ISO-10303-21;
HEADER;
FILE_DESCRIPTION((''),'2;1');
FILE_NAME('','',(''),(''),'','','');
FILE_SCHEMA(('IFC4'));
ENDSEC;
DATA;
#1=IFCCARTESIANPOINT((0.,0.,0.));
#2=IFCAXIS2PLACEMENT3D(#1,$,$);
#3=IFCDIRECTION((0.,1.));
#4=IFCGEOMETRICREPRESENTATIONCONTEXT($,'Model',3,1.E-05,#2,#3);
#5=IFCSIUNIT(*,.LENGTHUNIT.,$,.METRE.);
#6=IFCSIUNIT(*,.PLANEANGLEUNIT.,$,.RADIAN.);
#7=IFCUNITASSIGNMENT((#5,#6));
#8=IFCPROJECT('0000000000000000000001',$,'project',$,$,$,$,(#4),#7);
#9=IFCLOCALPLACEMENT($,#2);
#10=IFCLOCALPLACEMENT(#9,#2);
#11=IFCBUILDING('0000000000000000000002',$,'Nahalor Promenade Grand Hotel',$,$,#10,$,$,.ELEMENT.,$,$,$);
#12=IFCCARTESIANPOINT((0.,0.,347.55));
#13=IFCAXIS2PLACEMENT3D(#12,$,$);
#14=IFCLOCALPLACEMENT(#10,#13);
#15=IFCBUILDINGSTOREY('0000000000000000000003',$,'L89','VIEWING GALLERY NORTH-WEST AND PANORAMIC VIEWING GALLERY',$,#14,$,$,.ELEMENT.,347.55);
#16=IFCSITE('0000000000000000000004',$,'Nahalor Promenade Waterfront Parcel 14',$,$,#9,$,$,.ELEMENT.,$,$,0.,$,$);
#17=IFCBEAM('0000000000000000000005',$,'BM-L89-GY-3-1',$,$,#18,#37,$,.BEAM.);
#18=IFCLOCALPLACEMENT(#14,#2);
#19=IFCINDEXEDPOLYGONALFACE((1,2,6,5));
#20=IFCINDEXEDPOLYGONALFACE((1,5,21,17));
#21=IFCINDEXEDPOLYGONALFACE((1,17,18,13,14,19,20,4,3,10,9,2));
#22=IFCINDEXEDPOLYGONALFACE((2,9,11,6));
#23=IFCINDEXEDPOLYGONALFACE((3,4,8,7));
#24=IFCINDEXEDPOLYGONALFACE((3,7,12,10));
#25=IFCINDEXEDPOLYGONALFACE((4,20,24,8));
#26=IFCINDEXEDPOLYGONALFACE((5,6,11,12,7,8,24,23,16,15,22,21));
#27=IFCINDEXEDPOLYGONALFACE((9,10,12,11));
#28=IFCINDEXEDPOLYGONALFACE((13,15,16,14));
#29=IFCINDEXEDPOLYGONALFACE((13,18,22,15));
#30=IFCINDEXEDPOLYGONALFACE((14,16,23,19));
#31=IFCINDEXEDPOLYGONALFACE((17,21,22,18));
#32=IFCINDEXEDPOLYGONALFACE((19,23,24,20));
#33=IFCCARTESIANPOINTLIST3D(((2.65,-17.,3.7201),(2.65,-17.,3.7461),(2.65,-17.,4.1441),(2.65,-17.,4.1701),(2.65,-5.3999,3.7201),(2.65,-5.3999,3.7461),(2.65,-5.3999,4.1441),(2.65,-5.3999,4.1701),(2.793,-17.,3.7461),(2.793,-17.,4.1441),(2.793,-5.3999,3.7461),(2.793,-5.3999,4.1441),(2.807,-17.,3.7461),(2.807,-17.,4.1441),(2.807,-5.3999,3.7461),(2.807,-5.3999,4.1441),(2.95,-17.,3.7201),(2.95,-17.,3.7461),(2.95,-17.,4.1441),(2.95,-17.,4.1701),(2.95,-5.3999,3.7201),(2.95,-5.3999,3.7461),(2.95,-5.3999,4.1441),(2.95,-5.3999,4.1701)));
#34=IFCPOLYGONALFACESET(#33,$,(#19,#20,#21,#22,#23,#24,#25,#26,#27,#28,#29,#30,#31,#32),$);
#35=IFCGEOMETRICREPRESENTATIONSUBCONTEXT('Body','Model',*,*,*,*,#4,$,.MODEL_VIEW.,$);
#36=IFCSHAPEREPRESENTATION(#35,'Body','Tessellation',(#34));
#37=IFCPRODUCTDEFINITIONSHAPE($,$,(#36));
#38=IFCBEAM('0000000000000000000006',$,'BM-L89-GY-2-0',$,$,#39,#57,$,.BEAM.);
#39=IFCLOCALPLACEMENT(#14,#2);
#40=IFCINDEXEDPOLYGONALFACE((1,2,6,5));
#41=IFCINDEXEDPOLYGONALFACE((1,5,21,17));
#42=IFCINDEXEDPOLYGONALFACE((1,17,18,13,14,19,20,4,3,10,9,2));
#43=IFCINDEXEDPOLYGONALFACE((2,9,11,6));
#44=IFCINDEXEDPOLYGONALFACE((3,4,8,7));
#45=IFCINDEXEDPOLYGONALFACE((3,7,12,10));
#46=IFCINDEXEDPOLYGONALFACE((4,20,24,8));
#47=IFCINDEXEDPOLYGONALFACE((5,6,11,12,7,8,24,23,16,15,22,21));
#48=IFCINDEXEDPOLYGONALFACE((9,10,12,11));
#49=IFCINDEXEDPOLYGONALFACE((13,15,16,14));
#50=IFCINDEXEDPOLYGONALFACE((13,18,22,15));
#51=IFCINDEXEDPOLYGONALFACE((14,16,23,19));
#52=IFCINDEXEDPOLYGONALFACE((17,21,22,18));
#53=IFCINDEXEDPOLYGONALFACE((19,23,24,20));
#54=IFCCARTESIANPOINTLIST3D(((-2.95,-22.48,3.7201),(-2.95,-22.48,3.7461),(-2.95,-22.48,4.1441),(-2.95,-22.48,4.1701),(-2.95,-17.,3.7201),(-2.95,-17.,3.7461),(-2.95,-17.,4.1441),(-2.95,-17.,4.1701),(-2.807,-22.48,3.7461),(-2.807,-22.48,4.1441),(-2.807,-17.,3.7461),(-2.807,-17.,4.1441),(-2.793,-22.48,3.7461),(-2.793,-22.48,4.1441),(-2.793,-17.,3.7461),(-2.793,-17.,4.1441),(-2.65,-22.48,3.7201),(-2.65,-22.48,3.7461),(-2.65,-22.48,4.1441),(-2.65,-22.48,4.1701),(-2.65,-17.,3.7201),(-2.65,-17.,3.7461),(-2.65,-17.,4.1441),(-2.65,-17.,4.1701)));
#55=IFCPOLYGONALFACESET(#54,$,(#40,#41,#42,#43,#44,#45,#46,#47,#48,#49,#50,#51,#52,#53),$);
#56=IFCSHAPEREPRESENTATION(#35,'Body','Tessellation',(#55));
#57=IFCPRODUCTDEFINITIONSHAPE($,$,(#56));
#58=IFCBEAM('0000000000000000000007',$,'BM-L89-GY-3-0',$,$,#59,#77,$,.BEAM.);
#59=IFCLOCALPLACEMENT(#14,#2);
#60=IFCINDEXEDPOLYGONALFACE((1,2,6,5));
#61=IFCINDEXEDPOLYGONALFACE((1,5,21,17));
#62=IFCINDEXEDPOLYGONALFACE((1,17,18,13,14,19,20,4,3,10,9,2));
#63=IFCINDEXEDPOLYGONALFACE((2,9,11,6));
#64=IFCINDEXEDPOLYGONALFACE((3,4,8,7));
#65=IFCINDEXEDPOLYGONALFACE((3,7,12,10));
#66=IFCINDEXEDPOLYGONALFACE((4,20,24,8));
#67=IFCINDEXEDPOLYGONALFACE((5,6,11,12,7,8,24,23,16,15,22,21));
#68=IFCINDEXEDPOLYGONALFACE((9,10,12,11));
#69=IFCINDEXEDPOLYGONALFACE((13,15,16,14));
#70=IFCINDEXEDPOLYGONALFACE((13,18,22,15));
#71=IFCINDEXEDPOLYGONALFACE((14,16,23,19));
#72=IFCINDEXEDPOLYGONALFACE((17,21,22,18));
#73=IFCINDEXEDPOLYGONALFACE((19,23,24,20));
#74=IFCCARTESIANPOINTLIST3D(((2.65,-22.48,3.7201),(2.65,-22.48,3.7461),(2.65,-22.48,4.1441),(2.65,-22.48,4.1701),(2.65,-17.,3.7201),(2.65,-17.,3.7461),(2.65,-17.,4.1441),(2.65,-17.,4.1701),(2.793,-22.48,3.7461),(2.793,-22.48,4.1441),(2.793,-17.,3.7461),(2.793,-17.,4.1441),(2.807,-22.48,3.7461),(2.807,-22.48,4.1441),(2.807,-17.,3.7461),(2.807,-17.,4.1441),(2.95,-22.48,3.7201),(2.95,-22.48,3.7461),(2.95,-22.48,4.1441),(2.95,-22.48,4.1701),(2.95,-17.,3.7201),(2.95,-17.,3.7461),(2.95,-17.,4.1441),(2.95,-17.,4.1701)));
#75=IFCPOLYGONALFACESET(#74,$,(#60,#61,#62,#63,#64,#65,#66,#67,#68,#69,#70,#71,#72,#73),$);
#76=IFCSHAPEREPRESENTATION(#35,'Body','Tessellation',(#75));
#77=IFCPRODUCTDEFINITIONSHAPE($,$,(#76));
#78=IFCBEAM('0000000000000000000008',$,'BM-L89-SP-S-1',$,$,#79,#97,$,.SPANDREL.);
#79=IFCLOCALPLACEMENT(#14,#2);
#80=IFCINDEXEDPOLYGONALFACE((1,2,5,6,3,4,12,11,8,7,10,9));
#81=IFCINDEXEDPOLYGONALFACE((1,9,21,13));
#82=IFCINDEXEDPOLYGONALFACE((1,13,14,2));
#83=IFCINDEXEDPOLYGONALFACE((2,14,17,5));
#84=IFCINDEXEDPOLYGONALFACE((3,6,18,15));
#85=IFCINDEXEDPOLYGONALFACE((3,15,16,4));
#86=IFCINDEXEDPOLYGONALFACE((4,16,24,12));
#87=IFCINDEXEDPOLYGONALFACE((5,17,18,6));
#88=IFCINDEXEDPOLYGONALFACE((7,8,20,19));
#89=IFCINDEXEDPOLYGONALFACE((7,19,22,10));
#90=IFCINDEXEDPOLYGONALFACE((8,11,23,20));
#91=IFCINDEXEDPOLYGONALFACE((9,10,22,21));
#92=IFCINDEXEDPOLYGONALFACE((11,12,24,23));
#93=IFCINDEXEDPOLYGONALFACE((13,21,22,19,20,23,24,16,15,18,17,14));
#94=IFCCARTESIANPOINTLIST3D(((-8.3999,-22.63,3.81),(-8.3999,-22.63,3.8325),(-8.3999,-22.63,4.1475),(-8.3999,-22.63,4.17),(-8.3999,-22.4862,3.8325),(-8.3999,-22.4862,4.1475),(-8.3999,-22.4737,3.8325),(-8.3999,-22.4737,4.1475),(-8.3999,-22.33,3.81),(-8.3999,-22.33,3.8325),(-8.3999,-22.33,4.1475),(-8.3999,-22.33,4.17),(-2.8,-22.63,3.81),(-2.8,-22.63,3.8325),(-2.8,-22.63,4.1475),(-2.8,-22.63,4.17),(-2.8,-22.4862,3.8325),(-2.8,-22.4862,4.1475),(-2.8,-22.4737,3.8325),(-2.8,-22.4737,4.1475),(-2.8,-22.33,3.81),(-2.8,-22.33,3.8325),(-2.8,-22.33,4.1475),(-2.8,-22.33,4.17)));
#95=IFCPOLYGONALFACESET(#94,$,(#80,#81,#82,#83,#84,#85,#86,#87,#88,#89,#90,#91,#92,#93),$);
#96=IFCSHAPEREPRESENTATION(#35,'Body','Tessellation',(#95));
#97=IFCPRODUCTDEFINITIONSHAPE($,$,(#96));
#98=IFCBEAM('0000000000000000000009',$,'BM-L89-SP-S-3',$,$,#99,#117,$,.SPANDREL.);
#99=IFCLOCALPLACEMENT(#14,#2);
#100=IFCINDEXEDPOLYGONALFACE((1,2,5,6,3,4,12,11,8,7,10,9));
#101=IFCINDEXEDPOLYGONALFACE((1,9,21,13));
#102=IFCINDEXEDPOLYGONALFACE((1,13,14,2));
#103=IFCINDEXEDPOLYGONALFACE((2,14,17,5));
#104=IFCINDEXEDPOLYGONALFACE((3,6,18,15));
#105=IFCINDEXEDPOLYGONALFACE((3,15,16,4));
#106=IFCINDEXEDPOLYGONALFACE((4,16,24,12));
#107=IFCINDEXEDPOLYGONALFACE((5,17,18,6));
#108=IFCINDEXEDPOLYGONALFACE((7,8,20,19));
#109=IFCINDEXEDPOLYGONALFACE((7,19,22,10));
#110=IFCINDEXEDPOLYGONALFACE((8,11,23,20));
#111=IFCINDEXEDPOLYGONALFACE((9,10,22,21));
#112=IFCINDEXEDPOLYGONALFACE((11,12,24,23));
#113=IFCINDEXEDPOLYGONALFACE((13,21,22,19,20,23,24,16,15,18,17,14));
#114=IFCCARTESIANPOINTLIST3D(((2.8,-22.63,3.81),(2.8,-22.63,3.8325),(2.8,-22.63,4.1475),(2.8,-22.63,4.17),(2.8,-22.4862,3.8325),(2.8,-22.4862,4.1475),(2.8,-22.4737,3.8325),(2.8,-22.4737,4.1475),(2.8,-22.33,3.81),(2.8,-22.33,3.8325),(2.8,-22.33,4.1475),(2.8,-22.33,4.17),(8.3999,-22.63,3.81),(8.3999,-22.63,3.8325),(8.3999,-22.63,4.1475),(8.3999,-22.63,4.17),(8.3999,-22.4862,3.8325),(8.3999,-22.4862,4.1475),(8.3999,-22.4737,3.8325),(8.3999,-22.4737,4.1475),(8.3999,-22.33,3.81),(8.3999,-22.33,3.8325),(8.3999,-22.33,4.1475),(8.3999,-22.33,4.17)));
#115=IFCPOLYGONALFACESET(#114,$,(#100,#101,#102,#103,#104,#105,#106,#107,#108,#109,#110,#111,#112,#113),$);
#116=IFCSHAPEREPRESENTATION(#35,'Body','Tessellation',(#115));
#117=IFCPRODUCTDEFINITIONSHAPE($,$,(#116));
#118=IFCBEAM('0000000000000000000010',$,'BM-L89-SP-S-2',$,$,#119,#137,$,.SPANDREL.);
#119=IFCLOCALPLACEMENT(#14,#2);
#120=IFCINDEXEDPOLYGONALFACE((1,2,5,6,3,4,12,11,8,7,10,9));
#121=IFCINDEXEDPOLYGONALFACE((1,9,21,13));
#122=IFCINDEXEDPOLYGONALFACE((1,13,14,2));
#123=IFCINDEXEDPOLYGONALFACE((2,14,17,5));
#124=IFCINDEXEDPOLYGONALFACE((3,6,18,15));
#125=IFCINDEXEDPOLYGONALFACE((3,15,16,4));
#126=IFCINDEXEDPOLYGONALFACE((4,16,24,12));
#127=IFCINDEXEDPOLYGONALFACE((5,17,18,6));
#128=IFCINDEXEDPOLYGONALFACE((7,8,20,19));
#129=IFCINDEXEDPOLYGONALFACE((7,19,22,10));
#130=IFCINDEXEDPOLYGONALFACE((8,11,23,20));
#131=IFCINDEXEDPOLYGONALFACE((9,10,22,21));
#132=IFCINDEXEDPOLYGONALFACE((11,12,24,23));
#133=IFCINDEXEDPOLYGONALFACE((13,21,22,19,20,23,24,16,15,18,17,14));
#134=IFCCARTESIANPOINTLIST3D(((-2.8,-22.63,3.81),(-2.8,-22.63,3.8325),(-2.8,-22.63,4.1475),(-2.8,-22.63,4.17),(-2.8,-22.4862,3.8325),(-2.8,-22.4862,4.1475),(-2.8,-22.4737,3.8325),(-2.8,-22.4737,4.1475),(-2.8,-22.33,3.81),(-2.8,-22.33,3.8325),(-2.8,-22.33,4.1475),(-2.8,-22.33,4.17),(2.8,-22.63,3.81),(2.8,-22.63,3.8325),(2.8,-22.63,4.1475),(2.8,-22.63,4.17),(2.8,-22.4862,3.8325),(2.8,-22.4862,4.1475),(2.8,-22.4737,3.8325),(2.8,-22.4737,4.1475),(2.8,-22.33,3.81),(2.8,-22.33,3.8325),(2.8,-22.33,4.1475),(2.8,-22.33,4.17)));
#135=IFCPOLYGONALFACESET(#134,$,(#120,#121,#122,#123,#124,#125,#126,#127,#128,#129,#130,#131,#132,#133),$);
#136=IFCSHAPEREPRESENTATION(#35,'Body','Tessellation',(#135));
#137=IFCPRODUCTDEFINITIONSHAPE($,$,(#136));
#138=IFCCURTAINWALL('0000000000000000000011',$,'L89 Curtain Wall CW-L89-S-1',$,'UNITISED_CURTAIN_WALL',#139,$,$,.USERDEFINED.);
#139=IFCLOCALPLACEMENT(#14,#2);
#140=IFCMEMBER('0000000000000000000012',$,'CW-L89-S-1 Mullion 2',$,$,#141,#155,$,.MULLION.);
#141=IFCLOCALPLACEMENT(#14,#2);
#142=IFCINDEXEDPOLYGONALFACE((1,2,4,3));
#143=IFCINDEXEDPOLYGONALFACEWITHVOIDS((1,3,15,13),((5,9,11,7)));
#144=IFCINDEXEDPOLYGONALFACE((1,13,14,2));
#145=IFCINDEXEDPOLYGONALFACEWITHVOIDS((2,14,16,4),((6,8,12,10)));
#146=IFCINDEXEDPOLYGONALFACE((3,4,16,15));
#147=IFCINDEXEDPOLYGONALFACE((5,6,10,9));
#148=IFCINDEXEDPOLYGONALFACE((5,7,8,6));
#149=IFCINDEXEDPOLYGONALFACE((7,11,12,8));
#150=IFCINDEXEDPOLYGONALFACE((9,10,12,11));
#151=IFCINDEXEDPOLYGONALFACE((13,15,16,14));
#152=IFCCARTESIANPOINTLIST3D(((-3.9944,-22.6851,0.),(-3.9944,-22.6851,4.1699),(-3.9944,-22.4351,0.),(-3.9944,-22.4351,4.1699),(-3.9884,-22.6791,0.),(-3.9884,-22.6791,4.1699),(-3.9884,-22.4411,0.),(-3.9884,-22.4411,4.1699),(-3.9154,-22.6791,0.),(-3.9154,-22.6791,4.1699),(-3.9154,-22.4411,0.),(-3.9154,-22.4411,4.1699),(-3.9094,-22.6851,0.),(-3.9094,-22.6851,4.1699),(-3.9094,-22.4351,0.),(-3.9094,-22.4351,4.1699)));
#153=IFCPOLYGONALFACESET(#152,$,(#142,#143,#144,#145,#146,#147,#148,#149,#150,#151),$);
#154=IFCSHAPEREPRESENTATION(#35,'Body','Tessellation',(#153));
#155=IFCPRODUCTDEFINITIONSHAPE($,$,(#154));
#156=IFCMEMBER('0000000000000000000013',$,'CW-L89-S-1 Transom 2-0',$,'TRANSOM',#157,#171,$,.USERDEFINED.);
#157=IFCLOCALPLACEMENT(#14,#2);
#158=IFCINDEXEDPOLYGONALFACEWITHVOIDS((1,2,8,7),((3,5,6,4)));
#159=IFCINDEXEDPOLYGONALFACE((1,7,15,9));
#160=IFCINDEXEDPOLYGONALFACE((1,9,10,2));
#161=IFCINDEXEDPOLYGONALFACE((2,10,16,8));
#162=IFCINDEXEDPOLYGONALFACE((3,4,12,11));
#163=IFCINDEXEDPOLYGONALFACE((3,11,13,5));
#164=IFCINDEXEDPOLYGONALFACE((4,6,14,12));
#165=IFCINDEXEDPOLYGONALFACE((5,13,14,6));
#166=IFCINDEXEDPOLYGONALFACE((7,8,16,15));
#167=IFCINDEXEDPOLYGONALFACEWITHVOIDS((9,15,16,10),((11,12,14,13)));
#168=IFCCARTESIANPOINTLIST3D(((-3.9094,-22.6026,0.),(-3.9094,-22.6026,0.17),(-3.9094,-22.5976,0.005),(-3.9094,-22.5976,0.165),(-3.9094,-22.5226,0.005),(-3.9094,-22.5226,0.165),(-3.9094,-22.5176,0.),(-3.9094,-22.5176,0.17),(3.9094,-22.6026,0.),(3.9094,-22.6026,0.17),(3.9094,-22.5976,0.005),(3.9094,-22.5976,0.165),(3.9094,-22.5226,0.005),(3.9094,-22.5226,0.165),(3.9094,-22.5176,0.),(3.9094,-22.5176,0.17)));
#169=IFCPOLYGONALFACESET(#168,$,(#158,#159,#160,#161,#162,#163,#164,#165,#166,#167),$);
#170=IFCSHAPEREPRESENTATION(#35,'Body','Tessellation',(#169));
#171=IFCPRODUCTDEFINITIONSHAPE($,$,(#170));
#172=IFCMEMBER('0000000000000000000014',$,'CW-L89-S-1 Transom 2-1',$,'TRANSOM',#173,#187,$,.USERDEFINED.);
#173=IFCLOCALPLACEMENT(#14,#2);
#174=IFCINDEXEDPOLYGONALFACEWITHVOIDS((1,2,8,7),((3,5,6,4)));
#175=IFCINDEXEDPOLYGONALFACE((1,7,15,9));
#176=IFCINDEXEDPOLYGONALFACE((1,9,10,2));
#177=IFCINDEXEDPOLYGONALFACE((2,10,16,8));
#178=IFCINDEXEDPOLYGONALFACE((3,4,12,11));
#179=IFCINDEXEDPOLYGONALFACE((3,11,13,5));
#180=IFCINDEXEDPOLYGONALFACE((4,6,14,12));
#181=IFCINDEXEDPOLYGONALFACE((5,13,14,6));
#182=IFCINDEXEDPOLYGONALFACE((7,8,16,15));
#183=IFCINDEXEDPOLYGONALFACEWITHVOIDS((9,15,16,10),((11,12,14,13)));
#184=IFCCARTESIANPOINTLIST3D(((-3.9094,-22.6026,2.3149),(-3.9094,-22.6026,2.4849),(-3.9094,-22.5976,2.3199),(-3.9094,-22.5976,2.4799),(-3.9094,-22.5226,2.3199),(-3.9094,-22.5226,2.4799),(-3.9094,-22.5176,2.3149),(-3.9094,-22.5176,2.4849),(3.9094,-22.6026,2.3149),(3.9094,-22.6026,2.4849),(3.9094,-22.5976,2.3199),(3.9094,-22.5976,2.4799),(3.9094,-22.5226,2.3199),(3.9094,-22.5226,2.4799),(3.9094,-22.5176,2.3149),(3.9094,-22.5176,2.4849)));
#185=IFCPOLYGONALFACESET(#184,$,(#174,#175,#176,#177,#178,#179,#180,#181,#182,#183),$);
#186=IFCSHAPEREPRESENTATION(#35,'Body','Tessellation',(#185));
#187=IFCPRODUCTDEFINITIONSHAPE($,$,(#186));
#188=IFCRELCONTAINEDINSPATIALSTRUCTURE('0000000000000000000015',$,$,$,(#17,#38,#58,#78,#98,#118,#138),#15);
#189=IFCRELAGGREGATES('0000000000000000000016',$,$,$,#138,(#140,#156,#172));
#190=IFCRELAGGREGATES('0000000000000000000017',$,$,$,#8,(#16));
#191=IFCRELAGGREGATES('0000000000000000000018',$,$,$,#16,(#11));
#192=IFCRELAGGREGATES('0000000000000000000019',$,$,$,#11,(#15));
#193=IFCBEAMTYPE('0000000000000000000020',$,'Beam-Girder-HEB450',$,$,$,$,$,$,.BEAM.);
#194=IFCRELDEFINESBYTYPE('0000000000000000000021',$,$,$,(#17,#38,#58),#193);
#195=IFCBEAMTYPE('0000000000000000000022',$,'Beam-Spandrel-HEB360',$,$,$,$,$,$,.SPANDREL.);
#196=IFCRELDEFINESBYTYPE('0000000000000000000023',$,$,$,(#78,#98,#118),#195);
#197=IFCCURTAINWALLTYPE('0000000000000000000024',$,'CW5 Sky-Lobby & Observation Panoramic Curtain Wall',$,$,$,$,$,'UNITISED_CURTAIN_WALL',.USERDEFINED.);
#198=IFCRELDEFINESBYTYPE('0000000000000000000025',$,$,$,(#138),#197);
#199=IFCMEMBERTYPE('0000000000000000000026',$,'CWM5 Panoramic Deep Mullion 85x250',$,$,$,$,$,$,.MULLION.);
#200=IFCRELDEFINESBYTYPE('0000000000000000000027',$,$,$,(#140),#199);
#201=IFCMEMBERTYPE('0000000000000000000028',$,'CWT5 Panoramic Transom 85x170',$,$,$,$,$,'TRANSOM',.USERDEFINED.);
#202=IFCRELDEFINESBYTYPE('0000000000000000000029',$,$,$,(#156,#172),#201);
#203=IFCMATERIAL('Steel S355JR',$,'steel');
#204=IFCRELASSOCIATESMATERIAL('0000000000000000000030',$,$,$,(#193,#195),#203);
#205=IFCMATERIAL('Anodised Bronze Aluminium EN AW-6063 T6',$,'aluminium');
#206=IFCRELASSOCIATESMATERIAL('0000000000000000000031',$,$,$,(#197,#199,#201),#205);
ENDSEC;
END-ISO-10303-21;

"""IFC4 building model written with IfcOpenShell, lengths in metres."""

from ifc_helpers import new_model, si_unit, direction, frame, origin, origin_2d, place, context, subcontext, project, spatial, hollow_rectangle, i_section, extrude, source, transform, mapped, material, material_profile, profile_set, type_object, element, aggregate, save


model = new_model("IFC4")

# Units and contexts
model_context = context("Model", 3, precision=1e-05, world=origin(), true_north=direction((0.0, 1.0)))
body_context = subcontext(model_context, "Body", "Model", "MODEL_VIEW")
ifc_project = project(units=[si_unit("LENGTHUNIT", "METRE"), si_unit("PLANEANGLEUNIT", "RADIAN")], contexts=[model_context])

# Site, building, storey
site_placement = place(None, origin())
site = spatial("IfcSite", under=ifc_project, at=site_placement, Name="Nahalor Promenade Waterfront Parcel 14", CompositionType="ELEMENT", RefElevation=0.0)
building_placement = place(site_placement, origin())
building = spatial("IfcBuilding", under=site, at=building_placement, Name="Nahalor Promenade Grand Hotel", CompositionType="ELEMENT")
storey_placement = place(building_placement, frame((0.0, 0.0, 347.55)))
storey = spatial("IfcBuildingStorey", under=building, at=storey_placement, Name="L89", Description="VIEWING GALLERY NORTH-WEST AND PANORAMIC VIEWING GALLERY", CompositionType="ELEMENT", Elevation=347.55)

# Shared definitions
ifc_material_1 = material(Name="Steel S355JR", Category="steel")

# Beams
ifc_material_profile_1 = material_profile(ifc_material_1, i_section(OverallWidth=0.3, OverallDepth=0.45, WebThickness=0.014, FlangeThickness=0.026, at=origin_2d()), Name="HEB 450")
ifc_profile_set_1 = profile_set([ifc_material_profile_1], Name="Steel S355JR")
beam_type_1 = type_object("IfcBeamType", Name="Beam-Girder-HEB450", PredefinedType="BEAM", material=ifc_profile_set_1)
shared_shape_1 = source(origin(), body_context, "Body", "SweptSolid", [
    extrude(i_section(OverallWidth=0.3, OverallDepth=0.45, WebThickness=0.014, FlangeThickness=0.026, at=origin_2d()), origin(), (0.0, 0.0, 1.0), 11.6001),
])
for number, where, z_axis, x_axis, name in (
    (1, (2.8, -17.0, 3.9451), (0.0, 1.0, 0.0), (-1.0, 0.0, 0.0), "BM-L89-GY-3-1"),
):
    element("IfcBeam", number, at=place(storey_placement, frame(where, z_axis=z_axis, x_axis=x_axis)), inside=storey, type_object=beam_type_1, Name=name, PredefinedType="BEAM", context=body_context, shape_type="MappedRepresentation", body=[
        mapped(shared_shape_1, transform((0.0, 0.0, 0.0), scale=1.0)),
    ])
shared_shape_2 = source(origin(), body_context, "Body", "SweptSolid", [
    extrude(i_section(OverallWidth=0.3, OverallDepth=0.45, WebThickness=0.014, FlangeThickness=0.026, at=origin_2d()), origin(), (0.0, 0.0, 1.0), 5.48),
])
for number, where, z_axis, x_axis, name in (
    (2, (-2.8, -22.48, 3.9451), (0.0, 1.0, 0.0), (-1.0, 0.0, 0.0), "BM-L89-GY-2-0"),
    (3, (2.8, -22.48, 3.9451), (0.0, 1.0, 0.0), (-1.0, 0.0, 0.0), "BM-L89-GY-3-0"),
):
    element("IfcBeam", number, at=place(storey_placement, frame(where, z_axis=z_axis, x_axis=x_axis)), inside=storey, type_object=beam_type_1, Name=name, PredefinedType="BEAM", context=body_context, shape_type="MappedRepresentation", body=[
        mapped(shared_shape_2, transform((0.0, 0.0, 0.0), scale=1.0)),
    ])
ifc_material_profile_2 = material_profile(ifc_material_1, i_section(OverallWidth=0.3, OverallDepth=0.36, WebThickness=0.0125, FlangeThickness=0.0225, at=origin_2d()), Name="HEB 360")
ifc_profile_set_2 = profile_set([ifc_material_profile_2], Name="Steel S355JR")
beam_type_2 = type_object("IfcBeamType", Name="Beam-Spandrel-HEB360", PredefinedType="SPANDREL", material=ifc_profile_set_2)
shared_shape_3 = source(origin(), body_context, "Body", "SweptSolid", [
    extrude(i_section(OverallWidth=0.3, OverallDepth=0.36, WebThickness=0.0125, FlangeThickness=0.0225, at=origin_2d()), origin(), (0.0, 0.0, 1.0), 5.5999),
])
for number, where, z_axis, x_axis, name in (
    (4, (-8.3999, -22.48, 3.99), (1.0, 0.0, 0.0), (0.0, 1.0, 0.0), "BM-L89-SP-S-1"),
    (5, (2.8, -22.48, 3.99), (1.0, 0.0, 0.0), (0.0, 1.0, 0.0), "BM-L89-SP-S-3"),
):
    element("IfcBeam", number, at=place(storey_placement, frame(where, z_axis=z_axis, x_axis=x_axis)), inside=storey, type_object=beam_type_2, Name=name, PredefinedType="SPANDREL", context=body_context, shape_type="MappedRepresentation", body=[
        mapped(shared_shape_3, transform((0.0, 0.0, 0.0), scale=1.0)),
    ])
shared_shape_4 = source(origin(), body_context, "Body", "SweptSolid", [
    extrude(i_section(OverallWidth=0.3, OverallDepth=0.36, WebThickness=0.0125, FlangeThickness=0.0225, at=origin_2d()), origin(), (0.0, 0.0, 1.0), 5.6001),
])
beam_1_placement = place(storey_placement, frame((-2.8, -22.48, 3.99), z_axis=(1.0, 0.0, 0.0), x_axis=(0.0, 1.0, 0.0)))
element("IfcBeam", 6, at=beam_1_placement, inside=storey, type_object=beam_type_2, Name="BM-L89-SP-S-2", PredefinedType="SPANDREL", context=body_context, shape_type="MappedRepresentation", body=[
    mapped(shared_shape_4, transform((0.0, 0.0, 0.0), scale=1.0)),
])

# Curtain wall, members
ifc_material_2 = material(Name="Anodised Bronze Aluminium EN AW-6063 T6", Category="aluminium")
curtain_wall_type = type_object("IfcCurtainWallType", Name="CW5 Sky-Lobby & Observation Panoramic Curtain Wall", ElementType="UNITISED_CURTAIN_WALL", PredefinedType="USERDEFINED", material=ifc_material_2)
curtain_wall_placement = place(storey_placement, origin())
curtain_wall = element("IfcCurtainWall", 7, at=curtain_wall_placement, inside=storey, type_object=curtain_wall_type, Name="L89 Curtain Wall CW-L89-S-1", ObjectType="UNITISED_CURTAIN_WALL", PredefinedType="USERDEFINED")
ifc_material_profile_3 = material_profile(ifc_material_2, hollow_rectangle(XDim=0.085, YDim=0.25, WallThickness=0.006, at=origin_2d()), Name="CWM 85x250x6")
ifc_profile_set_3 = profile_set([ifc_material_profile_3], Name="Anodised Bronze Aluminium EN AW-6063 T6")
member_type_1 = type_object("IfcMemberType", Name="CWM5 Panoramic Deep Mullion 85x250", PredefinedType="MULLION", material=ifc_profile_set_3)
shared_shape_5 = source(origin(), body_context, "Body", "SweptSolid", [
    extrude(hollow_rectangle(XDim=0.085, YDim=0.25, WallThickness=0.006, at=origin_2d()), origin(), (0.0, 0.0, 1.0), 4.1699),
])
member_1_placement = place(storey_placement, frame((-3.9519, -22.5601, 0.0), z_axis=(0.0, 0.0, 1.0), x_axis=(1.0, 0.0, 0.0)))
member_1 = element("IfcMember", 8, at=member_1_placement, type_object=member_type_1, Name="CW-L89-S-1 Mullion 2", PredefinedType="MULLION", context=body_context, shape_type="MappedRepresentation", body=[
    mapped(shared_shape_5, transform((0.0, 0.0, 0.0), scale=1.0)),
])
ifc_material_profile_4 = material_profile(ifc_material_2, hollow_rectangle(XDim=0.085, YDim=0.17, WallThickness=0.005, at=origin_2d()), Name="CWT 85x170x5")
ifc_profile_set_4 = profile_set([ifc_material_profile_4], Name="Anodised Bronze Aluminium EN AW-6063 T6")
member_type_2 = type_object("IfcMemberType", Name="CWT5 Panoramic Transom 85x170", ElementType="TRANSOM", PredefinedType="USERDEFINED", material=ifc_profile_set_4)
shared_shape_6 = source(origin(), body_context, "Body", "SweptSolid", [
    extrude(hollow_rectangle(XDim=0.085, YDim=0.17, WallThickness=0.005, at=origin_2d()), origin(), (0.0, 0.0, 1.0), 7.8188),
])
member_2_placement = place(storey_placement, frame((-3.9094, -22.5601, 0.085), z_axis=(1.0, 0.0, 0.0), x_axis=(0.0, 1.0, 0.0)))
member_2 = element("IfcMember", 9, at=member_2_placement, type_object=member_type_2, Name="CW-L89-S-1 Transom 2-0", ObjectType="TRANSOM", PredefinedType="USERDEFINED", context=body_context, shape_type="MappedRepresentation", body=[
    mapped(shared_shape_6, transform((0.0, 0.0, 0.0), scale=1.0)),
])
member_3_placement = place(storey_placement, frame((-3.9094, -22.5601, 2.3999), z_axis=(1.0, 0.0, 0.0), x_axis=(0.0, 1.0, 0.0)))
member_3 = element("IfcMember", 10, at=member_3_placement, type_object=member_type_2, Name="CW-L89-S-1 Transom 2-1", ObjectType="TRANSOM", PredefinedType="USERDEFINED", context=body_context, shape_type="MappedRepresentation", body=[
    mapped(shared_shape_6, transform((0.0, 0.0, 0.0), scale=1.0)),
])
aggregate(curtain_wall, [member_1, member_2, member_3])

save(model, "model.ifc")
